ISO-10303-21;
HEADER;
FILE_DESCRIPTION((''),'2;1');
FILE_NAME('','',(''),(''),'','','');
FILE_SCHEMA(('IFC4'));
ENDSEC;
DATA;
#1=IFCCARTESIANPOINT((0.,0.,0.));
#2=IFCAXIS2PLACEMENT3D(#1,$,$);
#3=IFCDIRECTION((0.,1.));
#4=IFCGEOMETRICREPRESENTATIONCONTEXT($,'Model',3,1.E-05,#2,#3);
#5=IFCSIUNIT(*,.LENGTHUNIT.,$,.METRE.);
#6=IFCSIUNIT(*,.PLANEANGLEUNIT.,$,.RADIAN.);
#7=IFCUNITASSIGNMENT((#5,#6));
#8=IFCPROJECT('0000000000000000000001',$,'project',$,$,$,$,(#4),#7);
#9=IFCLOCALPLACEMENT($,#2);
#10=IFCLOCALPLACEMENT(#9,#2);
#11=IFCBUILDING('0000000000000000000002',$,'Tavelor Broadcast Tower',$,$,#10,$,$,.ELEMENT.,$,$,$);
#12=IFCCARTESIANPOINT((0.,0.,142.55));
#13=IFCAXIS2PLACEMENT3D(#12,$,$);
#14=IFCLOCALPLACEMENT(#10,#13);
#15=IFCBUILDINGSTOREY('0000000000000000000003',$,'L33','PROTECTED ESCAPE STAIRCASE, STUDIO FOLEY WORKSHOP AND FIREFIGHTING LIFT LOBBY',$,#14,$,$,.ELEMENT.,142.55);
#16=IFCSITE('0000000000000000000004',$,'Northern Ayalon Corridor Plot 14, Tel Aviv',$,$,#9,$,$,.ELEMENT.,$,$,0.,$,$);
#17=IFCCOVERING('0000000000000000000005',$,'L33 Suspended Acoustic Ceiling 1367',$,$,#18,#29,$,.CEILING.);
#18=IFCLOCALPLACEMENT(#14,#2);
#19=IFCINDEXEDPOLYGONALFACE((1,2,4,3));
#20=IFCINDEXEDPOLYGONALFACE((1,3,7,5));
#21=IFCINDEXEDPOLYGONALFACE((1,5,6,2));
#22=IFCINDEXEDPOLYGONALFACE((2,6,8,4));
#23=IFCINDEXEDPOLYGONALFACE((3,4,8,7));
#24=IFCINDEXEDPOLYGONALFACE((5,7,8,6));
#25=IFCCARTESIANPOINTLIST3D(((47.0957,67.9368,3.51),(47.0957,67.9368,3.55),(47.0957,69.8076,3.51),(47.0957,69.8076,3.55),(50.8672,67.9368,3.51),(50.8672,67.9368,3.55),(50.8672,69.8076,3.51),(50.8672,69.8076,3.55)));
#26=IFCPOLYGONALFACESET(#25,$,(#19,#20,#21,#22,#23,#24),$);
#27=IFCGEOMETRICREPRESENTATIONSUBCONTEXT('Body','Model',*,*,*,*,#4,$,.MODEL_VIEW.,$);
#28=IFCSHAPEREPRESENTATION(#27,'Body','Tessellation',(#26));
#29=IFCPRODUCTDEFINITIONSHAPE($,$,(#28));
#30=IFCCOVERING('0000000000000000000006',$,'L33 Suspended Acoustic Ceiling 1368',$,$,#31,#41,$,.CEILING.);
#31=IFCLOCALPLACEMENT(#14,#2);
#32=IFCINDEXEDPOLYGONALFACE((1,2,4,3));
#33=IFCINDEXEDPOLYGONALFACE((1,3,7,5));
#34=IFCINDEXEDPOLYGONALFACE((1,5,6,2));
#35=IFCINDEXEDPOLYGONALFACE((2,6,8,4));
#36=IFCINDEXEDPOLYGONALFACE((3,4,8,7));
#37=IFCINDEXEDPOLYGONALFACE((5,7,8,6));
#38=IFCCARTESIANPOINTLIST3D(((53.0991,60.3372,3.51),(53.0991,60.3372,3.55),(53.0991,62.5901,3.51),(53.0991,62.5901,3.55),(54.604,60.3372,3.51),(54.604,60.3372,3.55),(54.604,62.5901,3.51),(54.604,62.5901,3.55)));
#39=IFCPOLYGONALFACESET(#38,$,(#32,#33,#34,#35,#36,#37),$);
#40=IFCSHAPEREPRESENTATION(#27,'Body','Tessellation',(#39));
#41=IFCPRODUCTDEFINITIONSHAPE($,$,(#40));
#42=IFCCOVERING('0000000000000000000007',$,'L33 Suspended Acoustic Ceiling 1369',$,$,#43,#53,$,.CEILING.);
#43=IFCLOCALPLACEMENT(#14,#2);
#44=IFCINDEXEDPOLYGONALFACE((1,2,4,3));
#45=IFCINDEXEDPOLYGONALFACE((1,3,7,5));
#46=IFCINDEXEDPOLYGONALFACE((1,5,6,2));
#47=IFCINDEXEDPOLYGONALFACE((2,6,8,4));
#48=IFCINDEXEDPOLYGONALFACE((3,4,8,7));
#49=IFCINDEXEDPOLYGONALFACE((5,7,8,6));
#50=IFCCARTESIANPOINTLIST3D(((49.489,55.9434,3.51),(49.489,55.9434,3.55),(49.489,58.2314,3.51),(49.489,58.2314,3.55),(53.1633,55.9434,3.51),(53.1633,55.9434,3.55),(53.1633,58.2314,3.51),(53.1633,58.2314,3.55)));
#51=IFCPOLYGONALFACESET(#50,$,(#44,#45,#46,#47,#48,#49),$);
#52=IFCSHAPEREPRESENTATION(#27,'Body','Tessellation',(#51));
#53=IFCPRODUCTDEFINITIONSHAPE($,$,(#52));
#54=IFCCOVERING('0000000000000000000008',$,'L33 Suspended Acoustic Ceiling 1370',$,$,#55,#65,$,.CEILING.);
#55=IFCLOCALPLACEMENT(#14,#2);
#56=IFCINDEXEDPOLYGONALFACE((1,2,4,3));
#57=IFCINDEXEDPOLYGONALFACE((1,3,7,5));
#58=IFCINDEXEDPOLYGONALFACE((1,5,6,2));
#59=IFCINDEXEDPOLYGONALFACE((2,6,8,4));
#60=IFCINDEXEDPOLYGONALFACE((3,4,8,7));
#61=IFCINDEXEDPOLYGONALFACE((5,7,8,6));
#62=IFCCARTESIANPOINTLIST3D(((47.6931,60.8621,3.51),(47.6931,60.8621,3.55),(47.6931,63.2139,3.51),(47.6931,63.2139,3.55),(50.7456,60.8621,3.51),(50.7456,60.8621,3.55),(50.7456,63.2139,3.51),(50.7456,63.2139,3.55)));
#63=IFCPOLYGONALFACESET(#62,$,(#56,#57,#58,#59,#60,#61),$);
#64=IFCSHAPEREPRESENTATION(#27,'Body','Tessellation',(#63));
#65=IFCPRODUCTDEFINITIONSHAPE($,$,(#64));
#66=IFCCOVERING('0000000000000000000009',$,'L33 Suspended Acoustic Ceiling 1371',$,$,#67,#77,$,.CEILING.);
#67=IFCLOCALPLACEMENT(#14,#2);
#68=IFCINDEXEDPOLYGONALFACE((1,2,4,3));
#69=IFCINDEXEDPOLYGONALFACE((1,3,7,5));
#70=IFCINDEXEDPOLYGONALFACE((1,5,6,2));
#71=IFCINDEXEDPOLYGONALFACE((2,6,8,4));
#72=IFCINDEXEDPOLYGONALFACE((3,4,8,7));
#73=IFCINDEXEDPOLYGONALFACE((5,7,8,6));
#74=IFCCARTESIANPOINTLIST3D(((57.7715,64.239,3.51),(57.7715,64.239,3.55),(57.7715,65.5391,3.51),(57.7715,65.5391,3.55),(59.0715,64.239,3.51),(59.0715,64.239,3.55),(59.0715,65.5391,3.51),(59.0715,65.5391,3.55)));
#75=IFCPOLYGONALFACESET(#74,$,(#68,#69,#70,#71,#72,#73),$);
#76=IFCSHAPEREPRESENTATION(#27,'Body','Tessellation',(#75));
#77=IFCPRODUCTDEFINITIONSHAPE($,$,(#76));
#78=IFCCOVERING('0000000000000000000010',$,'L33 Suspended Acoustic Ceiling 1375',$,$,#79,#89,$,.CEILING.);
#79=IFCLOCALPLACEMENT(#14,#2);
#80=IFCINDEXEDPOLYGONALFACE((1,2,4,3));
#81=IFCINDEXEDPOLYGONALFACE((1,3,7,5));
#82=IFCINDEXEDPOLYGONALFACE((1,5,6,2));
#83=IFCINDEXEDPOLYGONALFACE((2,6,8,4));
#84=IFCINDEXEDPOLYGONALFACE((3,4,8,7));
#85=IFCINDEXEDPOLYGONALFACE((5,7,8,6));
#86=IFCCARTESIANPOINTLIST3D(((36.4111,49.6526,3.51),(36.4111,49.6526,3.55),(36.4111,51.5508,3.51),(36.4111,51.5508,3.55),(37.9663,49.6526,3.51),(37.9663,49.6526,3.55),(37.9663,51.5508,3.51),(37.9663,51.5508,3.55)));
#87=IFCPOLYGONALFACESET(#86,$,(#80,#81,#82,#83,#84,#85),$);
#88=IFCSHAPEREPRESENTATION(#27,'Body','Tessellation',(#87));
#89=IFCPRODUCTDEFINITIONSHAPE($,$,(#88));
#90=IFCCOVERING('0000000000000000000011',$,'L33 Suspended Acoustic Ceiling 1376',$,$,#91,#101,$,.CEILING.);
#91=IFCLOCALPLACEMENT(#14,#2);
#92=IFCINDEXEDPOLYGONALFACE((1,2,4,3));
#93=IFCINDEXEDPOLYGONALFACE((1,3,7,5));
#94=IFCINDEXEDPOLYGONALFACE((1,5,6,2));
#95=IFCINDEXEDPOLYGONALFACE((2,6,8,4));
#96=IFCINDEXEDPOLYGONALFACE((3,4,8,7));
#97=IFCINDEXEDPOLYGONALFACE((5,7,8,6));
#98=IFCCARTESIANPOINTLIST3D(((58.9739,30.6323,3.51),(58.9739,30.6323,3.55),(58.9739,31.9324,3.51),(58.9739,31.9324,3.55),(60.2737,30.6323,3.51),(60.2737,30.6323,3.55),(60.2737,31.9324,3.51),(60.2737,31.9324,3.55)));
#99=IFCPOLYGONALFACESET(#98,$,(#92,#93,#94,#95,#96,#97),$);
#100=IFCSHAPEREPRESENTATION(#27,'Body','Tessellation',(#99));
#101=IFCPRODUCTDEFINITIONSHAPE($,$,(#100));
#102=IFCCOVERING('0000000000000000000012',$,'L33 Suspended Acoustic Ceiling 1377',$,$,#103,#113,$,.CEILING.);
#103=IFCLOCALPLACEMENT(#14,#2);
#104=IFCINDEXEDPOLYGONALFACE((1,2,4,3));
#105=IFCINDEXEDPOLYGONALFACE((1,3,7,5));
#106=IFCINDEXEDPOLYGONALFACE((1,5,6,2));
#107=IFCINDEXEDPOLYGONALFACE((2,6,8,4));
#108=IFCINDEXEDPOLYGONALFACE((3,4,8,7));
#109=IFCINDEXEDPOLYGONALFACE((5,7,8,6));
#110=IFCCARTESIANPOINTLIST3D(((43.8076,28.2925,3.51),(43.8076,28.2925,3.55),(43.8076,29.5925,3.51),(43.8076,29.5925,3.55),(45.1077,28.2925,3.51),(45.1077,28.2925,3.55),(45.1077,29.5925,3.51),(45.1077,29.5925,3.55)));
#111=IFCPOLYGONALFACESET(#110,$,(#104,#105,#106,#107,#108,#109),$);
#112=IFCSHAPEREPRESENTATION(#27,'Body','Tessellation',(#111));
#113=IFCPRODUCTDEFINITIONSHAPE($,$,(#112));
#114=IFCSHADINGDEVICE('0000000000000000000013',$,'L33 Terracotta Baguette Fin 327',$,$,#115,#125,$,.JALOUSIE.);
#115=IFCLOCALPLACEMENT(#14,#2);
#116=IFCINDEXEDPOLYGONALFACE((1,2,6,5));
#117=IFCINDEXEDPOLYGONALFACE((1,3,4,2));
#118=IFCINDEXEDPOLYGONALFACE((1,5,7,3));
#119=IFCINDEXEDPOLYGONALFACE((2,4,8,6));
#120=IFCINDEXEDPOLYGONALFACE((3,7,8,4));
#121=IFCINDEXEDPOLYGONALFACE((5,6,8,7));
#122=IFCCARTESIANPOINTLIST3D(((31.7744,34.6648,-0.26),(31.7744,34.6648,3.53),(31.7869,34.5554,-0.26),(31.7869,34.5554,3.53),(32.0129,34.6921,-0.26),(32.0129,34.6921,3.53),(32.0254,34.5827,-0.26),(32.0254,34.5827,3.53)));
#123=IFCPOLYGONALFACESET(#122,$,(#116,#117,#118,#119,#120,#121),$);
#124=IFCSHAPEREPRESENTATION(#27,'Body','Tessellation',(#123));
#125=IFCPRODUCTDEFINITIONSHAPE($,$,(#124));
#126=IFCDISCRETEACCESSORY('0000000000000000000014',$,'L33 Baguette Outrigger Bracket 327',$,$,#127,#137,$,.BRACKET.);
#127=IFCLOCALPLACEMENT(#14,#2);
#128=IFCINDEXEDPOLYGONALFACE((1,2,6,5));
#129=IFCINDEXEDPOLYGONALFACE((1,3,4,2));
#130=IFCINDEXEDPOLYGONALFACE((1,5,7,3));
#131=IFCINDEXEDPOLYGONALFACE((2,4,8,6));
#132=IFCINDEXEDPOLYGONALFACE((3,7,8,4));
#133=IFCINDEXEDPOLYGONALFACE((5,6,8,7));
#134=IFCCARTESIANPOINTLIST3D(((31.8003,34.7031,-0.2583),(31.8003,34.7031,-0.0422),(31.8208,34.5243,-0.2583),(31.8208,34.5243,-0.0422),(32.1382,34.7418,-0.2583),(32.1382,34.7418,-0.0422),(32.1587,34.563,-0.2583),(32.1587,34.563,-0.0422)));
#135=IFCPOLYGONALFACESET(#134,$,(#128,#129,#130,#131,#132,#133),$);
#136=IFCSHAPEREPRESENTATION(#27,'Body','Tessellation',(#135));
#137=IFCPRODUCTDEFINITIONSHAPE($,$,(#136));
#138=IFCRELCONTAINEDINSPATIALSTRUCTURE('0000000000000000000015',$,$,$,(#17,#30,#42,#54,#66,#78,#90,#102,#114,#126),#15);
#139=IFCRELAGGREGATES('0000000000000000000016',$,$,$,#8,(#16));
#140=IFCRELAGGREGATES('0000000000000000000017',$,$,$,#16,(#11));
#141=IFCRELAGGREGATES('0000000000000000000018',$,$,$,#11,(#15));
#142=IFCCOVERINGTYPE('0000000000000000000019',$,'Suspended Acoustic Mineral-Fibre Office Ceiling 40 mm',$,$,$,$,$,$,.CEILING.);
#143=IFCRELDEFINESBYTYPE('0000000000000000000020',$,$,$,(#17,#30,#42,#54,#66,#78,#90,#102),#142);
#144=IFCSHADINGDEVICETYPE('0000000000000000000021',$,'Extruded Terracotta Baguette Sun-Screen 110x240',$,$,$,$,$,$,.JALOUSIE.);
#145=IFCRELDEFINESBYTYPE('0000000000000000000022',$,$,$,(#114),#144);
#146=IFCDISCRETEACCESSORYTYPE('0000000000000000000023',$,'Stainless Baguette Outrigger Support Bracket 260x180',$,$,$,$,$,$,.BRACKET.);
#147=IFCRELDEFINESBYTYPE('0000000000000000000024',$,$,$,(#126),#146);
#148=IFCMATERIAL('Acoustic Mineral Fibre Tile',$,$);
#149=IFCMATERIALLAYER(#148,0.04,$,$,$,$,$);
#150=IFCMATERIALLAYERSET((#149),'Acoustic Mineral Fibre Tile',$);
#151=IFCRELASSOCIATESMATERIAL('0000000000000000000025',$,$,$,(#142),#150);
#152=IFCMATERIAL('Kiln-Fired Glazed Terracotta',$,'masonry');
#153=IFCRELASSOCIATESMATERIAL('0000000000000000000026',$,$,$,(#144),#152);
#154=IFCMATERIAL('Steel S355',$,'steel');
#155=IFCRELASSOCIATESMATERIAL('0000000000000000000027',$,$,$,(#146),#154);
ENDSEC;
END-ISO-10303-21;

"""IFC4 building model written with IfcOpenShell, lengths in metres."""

from ifc_helpers import new_model, si_unit, direction, frame, origin, origin_2d, place, context, subcontext, project, spatial, polyline, rectangle, outline, extrude, source, transform, mapped, material, layer, layer_set, type_object, type_shapes, element, save


model = new_model("IFC4")

# Units and contexts
model_context = context("Model", 3, precision=1e-05, world=origin(), true_north=direction((0.0, 1.0)))
body_context = subcontext(model_context, "Body", "Model", "MODEL_VIEW")
ifc_project = project(units=[si_unit("LENGTHUNIT", "METRE"), si_unit("PLANEANGLEUNIT", "RADIAN")], contexts=[model_context])

# Site, building, storey
site_placement = place(None, origin())
site = spatial("IfcSite", under=ifc_project, at=site_placement, Name="Northern Ayalon Corridor Plot 14, Tel Aviv", CompositionType="ELEMENT", RefElevation=0.0)
building_placement = place(site_placement, origin())
building = spatial("IfcBuilding", under=site, at=building_placement, Name="Tavelor Broadcast Tower", CompositionType="ELEMENT")
storey_placement = place(building_placement, frame((0.0, 0.0, 142.55)))
storey = spatial("IfcBuildingStorey", under=building, at=storey_placement, Name="L33", Description="PROTECTED ESCAPE STAIRCASE, STUDIO FOLEY WORKSHOP AND FIREFIGHTING LIFT LOBBY", CompositionType="ELEMENT", Elevation=142.55)

# Coverings
ifc_material_1 = material(Name="Acoustic Mineral Fibre Tile")
ifc_layer_1 = layer(ifc_material_1, 0.04)
ifc_layer_set_1 = layer_set([ifc_layer_1], Name="Acoustic Mineral Fibre Tile")
covering_type_1 = type_object("IfcCoveringType", Name="Suspended Acoustic Mineral-Fibre Office Ceiling 40 mm", PredefinedType="CEILING", material=ifc_layer_set_1)
covering_1_placement = place(storey_placement, frame((0.0, 0.0, 3.51)))
element("IfcCovering", 1, at=covering_1_placement, inside=storey, type_object=covering_type_1, Name="L33 Suspended Acoustic Ceiling 1367", PredefinedType="CEILING", context=body_context, shape_type="SweptSolid", body=[
    extrude(outline(polyline([(47.0957, 67.9368), (50.8672, 67.9368), (50.8672, 69.8076), (47.0957, 69.8076), (47.0957, 67.9368)])), origin(), (0.0, 0.0, 1.0), 0.04),
])
covering_2_placement = place(storey_placement, frame((0.0, 0.0, 3.51)))
element("IfcCovering", 2, at=covering_2_placement, inside=storey, type_object=covering_type_1, Name="L33 Suspended Acoustic Ceiling 1368", PredefinedType="CEILING", context=body_context, shape_type="SweptSolid", body=[
    extrude(outline(polyline([(53.0991, 60.3372), (54.604, 60.3372), (54.604, 62.5901), (53.0991, 62.5901), (53.0991, 60.3372)])), origin(), (0.0, 0.0, 1.0), 0.04),
])
covering_3_placement = place(storey_placement, frame((0.0, 0.0, 3.51)))
element("IfcCovering", 3, at=covering_3_placement, inside=storey, type_object=covering_type_1, Name="L33 Suspended Acoustic Ceiling 1369", PredefinedType="CEILING", context=body_context, shape_type="SweptSolid", body=[
    extrude(outline(polyline([(49.489, 55.9434), (53.1633, 55.9434), (53.1633, 58.2314), (49.489, 58.2314), (49.489, 55.9434)])), origin(), (0.0, 0.0, 1.0), 0.04),
])
covering_4_placement = place(storey_placement, frame((0.0, 0.0, 3.51)))
element("IfcCovering", 4, at=covering_4_placement, inside=storey, type_object=covering_type_1, Name="L33 Suspended Acoustic Ceiling 1370", PredefinedType="CEILING", context=body_context, shape_type="SweptSolid", body=[
    extrude(outline(polyline([(47.6931, 60.8621), (50.7456, 60.8621), (50.7456, 63.2139), (47.6931, 63.2139), (47.6931, 60.8621)])), origin(), (0.0, 0.0, 1.0), 0.04),
])
covering_5_placement = place(storey_placement, frame((0.0, 0.0, 3.51)))
element("IfcCovering", 5, at=covering_5_placement, inside=storey, type_object=covering_type_1, Name="L33 Suspended Acoustic Ceiling 1371", PredefinedType="CEILING", context=body_context, shape_type="SweptSolid", body=[
    extrude(outline(polyline([(57.7715, 64.239), (59.0715, 64.239), (59.0715, 65.5391), (57.7715, 65.5391), (57.7715, 64.239)])), origin(), (0.0, 0.0, 1.0), 0.04),
])
covering_6_placement = place(storey_placement, frame((0.0, 0.0, 3.51)))
element("IfcCovering", 6, at=covering_6_placement, inside=storey, type_object=covering_type_1, Name="L33 Suspended Acoustic Ceiling 1375", PredefinedType="CEILING", context=body_context, shape_type="SweptSolid", body=[
    extrude(outline(polyline([(36.4111, 49.6526), (37.9663, 49.6526), (37.9663, 51.5508), (36.4111, 51.5508), (36.4111, 49.6526)])), origin(), (0.0, 0.0, 1.0), 0.04),
])
covering_7_placement = place(storey_placement, frame((0.0, 0.0, 3.51)))
element("IfcCovering", 7, at=covering_7_placement, inside=storey, type_object=covering_type_1, Name="L33 Suspended Acoustic Ceiling 1376", PredefinedType="CEILING", context=body_context, shape_type="SweptSolid", body=[
    extrude(outline(polyline([(58.9739, 30.6323), (60.2737, 30.6323), (60.2737, 31.9324), (58.9739, 31.9324), (58.9739, 30.6323)])), origin(), (0.0, 0.0, 1.0), 0.04),
])
covering_8_placement = place(storey_placement, frame((0.0, 0.0, 3.51)))
element("IfcCovering", 8, at=covering_8_placement, inside=storey, type_object=covering_type_1, Name="L33 Suspended Acoustic Ceiling 1377", PredefinedType="CEILING", context=body_context, shape_type="SweptSolid", body=[
    extrude(outline(polyline([(43.8076, 28.2925), (45.1077, 28.2925), (45.1077, 29.5925), (43.8076, 29.5925), (43.8076, 28.2925)])), origin(), (0.0, 0.0, 1.0), 0.04),
])

# Shading device
ifc_material_2 = material(Name="Kiln-Fired Glazed Terracotta", Category="masonry")
shading_device_type = type_object("IfcShadingDeviceType", Name="Extruded Terracotta Baguette Sun-Screen 110x240", PredefinedType="JALOUSIE", material=ifc_material_2)
shared_shape_1 = source(origin(), body_context, "Body", "SweptSolid", [
    extrude(rectangle(XDim=0.1101, YDim=0.24, at=origin_2d()), origin(), (0.0, 0.0, 1.0), 3.79),
])
type_shapes(shading_device_type, [shared_shape_1])
shading_device_placement = place(storey_placement, frame((31.8999, 34.6238, -0.26), z_axis=(0.0, 0.0, 1.0), x_axis=(0.113723, -0.993512, 0.0)))
element("IfcShadingDevice", 9, at=shading_device_placement, inside=storey, type_object=shading_device_type, Name="L33 Terracotta Baguette Fin 327", PredefinedType="JALOUSIE", context=body_context, shape_type="MappedRepresentation", body=[
    mapped(shared_shape_1, transform((0.0, 0.0, 0.0), scale=1.0)),
])

# Discrete accessory
ifc_material_3 = material(Name="Steel S355", Category="steel")
discrete_accessory_type = type_object("IfcDiscreteAccessoryType", Name="Stainless Baguette Outrigger Support Bracket 260x180", PredefinedType="BRACKET", material=ifc_material_3)
shared_shape_2 = source(origin(), body_context, "Body", "SweptSolid", [
    extrude(rectangle(XDim=0.1799, YDim=0.3401, at=origin_2d()), origin(), (0.0, 0.0, 1.0), 0.2161),
])
type_shapes(discrete_accessory_type, [shared_shape_2])
discrete_accessory_placement = place(storey_placement, frame((31.9795, 34.6331, -0.2583), z_axis=(0.0, 0.0, 1.0), x_axis=(0.113723, -0.993512, 0.0)))
element("IfcDiscreteAccessory", 10, at=discrete_accessory_placement, inside=storey, type_object=discrete_accessory_type, Name="L33 Baguette Outrigger Bracket 327", PredefinedType="BRACKET", context=body_context, shape_type="MappedRepresentation", body=[
    mapped(shared_shape_2, transform((0.0, 0.0, 0.0), scale=1.0)),
])

save(model, "model.ifc")
